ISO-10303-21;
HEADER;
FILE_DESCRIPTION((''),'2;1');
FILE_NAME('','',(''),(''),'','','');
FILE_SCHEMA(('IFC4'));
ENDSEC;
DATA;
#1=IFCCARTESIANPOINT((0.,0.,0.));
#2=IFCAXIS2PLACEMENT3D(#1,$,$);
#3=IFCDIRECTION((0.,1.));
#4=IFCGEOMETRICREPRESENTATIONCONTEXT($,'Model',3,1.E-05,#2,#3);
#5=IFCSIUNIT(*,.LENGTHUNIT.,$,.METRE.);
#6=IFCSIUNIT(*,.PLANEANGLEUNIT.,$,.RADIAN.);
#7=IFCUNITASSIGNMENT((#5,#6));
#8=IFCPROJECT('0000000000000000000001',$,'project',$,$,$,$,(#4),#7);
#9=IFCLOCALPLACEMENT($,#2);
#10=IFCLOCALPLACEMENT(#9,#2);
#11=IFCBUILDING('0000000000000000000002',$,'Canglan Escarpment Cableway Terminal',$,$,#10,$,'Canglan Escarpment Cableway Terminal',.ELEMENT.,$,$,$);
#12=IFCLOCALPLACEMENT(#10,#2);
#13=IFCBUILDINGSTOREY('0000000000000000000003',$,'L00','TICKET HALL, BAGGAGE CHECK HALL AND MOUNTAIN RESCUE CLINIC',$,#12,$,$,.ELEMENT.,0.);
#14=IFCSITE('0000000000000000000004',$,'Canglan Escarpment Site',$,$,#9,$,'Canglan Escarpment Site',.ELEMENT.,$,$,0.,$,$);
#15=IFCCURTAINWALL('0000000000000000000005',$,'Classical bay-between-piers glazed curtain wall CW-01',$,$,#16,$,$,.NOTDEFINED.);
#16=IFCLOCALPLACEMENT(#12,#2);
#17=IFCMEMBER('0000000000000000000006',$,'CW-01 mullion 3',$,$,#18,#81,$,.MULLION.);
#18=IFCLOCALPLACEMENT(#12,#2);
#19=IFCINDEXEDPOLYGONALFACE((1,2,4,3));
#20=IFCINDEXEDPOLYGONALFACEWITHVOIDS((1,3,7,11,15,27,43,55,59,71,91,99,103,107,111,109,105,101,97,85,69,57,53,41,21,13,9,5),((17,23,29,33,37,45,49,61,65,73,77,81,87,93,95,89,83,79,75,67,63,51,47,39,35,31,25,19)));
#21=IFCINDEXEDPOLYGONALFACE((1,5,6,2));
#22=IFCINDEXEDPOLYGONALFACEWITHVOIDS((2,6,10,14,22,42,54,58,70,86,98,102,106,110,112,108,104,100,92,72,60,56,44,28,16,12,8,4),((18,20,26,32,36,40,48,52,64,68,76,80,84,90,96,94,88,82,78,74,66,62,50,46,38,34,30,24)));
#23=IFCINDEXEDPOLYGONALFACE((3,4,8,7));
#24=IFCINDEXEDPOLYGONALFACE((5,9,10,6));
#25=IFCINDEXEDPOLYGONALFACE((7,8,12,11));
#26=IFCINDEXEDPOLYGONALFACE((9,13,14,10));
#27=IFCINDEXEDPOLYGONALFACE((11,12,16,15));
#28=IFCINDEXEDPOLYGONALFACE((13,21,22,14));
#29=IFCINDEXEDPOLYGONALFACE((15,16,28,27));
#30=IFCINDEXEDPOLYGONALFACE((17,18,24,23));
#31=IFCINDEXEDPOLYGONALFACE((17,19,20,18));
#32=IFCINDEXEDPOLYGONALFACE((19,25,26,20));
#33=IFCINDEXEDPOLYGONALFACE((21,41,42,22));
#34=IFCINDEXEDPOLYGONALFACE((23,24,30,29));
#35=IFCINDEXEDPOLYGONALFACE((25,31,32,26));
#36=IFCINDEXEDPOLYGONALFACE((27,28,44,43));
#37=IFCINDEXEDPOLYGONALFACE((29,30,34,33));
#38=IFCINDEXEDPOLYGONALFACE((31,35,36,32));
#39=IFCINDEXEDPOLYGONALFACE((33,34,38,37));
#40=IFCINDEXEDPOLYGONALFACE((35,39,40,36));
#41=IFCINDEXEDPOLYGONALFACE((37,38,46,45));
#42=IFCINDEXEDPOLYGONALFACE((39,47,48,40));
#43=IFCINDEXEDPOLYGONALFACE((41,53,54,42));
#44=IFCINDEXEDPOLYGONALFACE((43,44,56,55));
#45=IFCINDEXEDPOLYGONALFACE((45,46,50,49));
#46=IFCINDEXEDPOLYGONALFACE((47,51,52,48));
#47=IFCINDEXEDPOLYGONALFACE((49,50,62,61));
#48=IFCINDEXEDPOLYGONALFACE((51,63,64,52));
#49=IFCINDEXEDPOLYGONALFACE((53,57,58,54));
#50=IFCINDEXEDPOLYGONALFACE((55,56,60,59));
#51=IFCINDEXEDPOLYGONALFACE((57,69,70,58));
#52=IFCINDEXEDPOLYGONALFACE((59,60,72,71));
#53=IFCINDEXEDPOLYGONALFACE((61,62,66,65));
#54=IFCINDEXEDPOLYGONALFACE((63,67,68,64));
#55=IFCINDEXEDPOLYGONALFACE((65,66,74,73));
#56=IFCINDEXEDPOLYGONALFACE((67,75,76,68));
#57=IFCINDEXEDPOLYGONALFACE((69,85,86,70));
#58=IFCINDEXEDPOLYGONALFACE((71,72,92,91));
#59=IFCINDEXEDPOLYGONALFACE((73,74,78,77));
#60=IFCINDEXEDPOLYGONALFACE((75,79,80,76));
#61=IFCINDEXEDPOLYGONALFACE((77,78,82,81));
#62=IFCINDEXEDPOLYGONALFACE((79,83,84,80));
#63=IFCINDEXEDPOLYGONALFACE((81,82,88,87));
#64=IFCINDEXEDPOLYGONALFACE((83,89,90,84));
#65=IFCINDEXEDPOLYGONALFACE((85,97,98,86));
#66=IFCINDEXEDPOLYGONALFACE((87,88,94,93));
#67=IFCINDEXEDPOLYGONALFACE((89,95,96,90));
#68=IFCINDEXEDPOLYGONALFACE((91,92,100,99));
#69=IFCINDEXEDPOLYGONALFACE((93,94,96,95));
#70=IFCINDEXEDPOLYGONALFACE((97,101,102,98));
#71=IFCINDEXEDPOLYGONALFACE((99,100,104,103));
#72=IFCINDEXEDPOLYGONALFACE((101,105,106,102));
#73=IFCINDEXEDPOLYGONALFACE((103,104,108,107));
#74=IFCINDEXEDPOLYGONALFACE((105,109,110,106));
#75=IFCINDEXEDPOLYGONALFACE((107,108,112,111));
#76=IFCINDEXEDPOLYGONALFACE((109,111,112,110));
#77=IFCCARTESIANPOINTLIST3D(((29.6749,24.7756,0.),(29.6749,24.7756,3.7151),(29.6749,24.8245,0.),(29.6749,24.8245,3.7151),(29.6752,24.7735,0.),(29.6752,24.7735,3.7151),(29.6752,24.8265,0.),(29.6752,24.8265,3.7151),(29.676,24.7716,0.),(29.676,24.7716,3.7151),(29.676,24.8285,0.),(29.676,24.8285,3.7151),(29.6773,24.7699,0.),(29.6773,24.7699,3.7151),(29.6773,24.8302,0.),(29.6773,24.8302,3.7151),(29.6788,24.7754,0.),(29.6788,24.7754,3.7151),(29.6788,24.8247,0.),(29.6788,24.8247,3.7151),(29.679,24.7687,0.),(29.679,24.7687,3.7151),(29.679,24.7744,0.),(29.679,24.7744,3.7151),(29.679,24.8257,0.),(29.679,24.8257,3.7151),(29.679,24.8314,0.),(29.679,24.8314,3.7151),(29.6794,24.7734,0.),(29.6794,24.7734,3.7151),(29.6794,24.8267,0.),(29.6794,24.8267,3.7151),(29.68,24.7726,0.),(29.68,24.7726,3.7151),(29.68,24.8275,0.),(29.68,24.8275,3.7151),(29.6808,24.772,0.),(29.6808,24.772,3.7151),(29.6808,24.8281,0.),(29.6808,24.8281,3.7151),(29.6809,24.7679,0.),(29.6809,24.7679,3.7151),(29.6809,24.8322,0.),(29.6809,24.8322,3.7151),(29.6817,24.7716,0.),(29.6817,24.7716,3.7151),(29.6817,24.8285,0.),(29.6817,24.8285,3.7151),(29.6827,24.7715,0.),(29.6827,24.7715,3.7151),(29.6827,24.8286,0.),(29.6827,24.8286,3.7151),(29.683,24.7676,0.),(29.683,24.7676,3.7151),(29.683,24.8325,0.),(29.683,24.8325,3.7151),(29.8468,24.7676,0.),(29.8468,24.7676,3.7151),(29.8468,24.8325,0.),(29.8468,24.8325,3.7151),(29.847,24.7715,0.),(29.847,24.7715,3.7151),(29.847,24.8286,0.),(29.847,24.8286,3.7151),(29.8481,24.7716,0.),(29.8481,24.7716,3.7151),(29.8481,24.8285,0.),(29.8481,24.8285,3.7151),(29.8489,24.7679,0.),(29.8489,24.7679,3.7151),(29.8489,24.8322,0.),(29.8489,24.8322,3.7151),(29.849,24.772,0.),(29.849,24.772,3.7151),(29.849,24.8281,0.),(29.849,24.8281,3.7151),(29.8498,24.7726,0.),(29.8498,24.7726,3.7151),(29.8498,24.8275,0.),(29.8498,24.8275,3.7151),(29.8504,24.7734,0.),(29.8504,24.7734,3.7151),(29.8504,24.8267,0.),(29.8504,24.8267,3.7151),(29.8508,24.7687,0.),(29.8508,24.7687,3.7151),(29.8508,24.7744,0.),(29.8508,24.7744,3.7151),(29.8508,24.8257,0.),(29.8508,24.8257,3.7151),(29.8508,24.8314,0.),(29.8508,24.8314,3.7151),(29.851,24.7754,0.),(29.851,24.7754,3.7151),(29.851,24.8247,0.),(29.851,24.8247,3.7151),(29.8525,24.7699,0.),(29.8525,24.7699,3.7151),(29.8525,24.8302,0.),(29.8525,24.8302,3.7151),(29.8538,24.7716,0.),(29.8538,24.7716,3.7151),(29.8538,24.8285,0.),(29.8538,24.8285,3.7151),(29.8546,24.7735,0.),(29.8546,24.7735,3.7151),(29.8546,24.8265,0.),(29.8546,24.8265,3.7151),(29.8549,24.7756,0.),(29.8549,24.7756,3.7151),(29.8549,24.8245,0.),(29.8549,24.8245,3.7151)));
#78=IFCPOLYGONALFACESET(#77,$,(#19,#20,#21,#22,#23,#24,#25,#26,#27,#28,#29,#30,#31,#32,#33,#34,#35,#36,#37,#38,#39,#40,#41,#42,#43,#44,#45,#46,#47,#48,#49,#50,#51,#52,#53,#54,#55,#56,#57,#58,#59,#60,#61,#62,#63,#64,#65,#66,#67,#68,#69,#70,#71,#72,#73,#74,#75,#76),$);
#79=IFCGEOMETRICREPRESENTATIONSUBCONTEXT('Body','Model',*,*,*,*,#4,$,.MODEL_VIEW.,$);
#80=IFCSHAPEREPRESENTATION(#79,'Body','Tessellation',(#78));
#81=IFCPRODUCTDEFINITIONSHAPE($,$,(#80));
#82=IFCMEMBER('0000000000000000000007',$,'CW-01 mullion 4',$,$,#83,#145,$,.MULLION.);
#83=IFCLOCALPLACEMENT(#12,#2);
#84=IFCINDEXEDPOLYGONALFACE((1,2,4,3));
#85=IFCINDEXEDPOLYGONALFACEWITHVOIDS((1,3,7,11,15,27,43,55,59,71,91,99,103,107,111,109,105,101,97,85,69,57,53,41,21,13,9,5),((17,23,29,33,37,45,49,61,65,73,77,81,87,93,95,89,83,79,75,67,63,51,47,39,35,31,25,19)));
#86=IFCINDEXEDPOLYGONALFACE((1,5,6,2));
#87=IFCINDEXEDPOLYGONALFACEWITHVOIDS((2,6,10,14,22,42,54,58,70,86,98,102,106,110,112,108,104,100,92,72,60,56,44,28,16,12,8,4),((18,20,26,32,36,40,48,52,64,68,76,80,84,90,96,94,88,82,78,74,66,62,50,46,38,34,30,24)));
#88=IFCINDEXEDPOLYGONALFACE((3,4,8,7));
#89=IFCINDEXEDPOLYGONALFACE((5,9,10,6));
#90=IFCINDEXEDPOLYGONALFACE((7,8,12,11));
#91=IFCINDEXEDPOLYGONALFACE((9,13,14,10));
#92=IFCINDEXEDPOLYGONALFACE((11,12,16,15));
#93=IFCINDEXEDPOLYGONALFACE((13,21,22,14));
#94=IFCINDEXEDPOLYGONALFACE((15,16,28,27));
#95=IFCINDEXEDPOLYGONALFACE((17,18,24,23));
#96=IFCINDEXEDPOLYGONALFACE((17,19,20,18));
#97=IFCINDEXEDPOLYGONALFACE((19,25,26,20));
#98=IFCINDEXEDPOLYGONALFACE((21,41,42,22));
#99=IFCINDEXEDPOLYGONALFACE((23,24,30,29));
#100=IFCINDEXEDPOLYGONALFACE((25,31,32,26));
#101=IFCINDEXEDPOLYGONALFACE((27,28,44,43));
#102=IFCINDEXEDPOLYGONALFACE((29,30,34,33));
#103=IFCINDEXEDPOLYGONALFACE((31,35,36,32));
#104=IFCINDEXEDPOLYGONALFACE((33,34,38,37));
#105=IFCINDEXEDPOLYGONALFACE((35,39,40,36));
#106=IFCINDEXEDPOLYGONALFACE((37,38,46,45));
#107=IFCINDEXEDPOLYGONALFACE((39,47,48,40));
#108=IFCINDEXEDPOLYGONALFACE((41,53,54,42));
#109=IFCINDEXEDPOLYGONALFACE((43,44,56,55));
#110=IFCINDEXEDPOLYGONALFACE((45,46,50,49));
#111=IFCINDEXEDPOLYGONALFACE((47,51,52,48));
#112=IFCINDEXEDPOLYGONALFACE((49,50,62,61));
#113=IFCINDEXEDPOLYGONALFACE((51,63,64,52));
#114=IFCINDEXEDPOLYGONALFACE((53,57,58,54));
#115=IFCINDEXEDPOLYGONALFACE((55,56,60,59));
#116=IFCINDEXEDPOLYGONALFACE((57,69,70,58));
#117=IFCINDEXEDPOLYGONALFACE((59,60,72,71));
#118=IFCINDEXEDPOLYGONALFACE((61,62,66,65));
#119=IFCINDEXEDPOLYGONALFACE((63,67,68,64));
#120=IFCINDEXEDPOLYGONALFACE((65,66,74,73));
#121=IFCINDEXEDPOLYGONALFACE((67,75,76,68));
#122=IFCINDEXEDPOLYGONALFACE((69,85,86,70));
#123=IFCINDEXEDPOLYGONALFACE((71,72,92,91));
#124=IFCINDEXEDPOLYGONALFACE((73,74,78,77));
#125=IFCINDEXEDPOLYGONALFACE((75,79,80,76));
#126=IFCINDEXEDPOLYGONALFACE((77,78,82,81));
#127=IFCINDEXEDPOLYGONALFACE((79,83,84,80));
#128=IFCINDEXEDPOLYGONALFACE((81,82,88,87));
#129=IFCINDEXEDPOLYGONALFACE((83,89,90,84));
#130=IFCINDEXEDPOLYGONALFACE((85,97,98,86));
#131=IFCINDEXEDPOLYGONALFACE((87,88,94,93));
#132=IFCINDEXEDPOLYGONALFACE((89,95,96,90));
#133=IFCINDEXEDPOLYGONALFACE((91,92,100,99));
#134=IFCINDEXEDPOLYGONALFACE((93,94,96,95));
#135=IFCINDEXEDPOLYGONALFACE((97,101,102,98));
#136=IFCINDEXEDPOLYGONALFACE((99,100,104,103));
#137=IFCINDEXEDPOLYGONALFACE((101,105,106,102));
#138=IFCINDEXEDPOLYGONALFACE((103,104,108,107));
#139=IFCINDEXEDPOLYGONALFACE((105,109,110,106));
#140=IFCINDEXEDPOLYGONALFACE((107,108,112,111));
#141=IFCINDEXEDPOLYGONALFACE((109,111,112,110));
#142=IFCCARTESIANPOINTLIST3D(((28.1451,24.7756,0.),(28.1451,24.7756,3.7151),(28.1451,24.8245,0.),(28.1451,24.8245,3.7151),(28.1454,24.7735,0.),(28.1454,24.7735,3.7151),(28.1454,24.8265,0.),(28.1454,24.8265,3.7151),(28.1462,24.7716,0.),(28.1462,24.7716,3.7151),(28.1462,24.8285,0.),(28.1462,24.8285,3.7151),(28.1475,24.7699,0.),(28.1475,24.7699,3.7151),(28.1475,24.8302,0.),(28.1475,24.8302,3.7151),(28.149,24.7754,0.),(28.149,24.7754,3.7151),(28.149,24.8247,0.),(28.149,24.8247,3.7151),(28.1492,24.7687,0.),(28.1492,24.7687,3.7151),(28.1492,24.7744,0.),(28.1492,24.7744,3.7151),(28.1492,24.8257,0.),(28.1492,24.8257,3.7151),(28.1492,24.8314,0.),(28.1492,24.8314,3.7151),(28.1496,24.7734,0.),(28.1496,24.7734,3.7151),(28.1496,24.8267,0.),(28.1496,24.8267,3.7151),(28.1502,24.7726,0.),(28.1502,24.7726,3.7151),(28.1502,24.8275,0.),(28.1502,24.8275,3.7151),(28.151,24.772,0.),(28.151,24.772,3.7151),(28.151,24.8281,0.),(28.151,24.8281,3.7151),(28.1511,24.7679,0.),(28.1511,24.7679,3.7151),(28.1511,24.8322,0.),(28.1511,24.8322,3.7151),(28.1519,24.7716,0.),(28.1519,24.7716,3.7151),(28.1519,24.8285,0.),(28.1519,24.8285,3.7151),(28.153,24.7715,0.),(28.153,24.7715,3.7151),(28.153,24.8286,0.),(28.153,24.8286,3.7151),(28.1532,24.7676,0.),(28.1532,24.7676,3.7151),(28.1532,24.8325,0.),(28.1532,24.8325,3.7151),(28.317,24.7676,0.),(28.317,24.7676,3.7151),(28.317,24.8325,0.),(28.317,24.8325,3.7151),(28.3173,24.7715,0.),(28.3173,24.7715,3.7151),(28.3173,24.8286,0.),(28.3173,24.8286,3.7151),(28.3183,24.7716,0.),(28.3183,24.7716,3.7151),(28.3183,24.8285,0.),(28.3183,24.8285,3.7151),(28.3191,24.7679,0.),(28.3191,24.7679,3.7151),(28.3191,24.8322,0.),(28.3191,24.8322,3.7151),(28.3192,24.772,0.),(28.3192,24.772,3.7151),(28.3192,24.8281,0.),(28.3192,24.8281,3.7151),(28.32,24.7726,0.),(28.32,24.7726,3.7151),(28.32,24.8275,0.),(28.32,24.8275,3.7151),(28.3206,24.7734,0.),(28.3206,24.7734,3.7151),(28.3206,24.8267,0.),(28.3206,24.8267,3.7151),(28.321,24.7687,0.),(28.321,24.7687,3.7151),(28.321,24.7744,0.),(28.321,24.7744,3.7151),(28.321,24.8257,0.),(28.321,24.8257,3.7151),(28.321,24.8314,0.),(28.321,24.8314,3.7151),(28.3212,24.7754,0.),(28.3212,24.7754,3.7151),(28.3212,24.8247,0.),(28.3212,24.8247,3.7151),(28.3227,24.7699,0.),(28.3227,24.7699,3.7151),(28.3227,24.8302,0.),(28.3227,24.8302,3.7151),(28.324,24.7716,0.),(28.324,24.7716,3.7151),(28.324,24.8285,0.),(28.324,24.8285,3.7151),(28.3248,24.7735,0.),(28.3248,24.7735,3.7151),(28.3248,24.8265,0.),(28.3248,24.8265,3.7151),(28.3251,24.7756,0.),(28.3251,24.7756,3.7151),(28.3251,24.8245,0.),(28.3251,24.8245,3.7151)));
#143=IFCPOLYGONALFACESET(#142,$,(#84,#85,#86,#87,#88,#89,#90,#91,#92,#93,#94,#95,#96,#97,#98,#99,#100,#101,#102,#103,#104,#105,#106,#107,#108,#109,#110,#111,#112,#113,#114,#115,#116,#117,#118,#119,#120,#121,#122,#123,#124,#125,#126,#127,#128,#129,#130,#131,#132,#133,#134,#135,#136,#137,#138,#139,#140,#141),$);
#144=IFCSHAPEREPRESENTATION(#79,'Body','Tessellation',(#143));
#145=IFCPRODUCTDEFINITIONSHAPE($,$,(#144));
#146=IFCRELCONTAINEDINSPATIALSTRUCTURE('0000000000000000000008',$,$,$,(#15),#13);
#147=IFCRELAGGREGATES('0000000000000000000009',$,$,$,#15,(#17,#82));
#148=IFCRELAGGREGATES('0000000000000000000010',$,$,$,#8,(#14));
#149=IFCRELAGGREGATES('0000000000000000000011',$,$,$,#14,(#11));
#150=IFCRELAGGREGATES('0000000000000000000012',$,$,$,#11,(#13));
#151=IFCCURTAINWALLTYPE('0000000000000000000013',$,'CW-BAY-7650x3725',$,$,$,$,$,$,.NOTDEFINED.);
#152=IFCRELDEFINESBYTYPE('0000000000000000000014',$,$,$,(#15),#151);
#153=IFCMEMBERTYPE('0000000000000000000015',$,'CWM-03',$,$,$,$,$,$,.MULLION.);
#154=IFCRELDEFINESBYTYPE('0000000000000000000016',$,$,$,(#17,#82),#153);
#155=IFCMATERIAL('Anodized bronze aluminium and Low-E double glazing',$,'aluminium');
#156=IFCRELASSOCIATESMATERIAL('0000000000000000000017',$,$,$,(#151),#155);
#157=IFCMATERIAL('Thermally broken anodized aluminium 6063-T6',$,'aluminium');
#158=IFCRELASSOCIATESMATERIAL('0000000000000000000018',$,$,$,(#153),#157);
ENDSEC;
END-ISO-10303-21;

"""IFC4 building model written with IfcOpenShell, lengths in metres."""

from ifc_helpers import new_model, si_unit, direction, frame, origin, origin_2d, place, context, subcontext, project, spatial, hollow_rectangle, extrude, material, material_profile, profile_set, type_object, element, aggregate, save


model = new_model("IFC4")

# Units and contexts
model_context = context("Model", 3, precision=1e-05, world=origin(), true_north=direction((0.0, 1.0)))
body_context = subcontext(model_context, "Body", "Model", "MODEL_VIEW")
ifc_project = project(units=[si_unit("LENGTHUNIT", "METRE"), si_unit("PLANEANGLEUNIT", "RADIAN")], contexts=[model_context])

# Site, building, storey
site_placement = place(None, origin())
site = spatial("IfcSite", under=ifc_project, at=site_placement, Name="Canglan Escarpment Site", LongName="Canglan Escarpment Site", CompositionType="ELEMENT", RefElevation=0.0)
building_placement = place(site_placement, origin())
building = spatial("IfcBuilding", under=site, at=building_placement, Name="Canglan Escarpment Cableway Terminal", LongName="Canglan Escarpment Cableway Terminal", CompositionType="ELEMENT")
storey_placement = place(building_placement, origin())
storey = spatial("IfcBuildingStorey", under=building, at=storey_placement, Name="L00", Description="TICKET HALL, BAGGAGE CHECK HALL AND MOUNTAIN RESCUE CLINIC", CompositionType="ELEMENT", Elevation=0.0)

# Curtain wall, members
ifc_material_1 = material(Name="Anodized bronze aluminium and Low-E double glazing", Category="aluminium")
curtain_wall_type = type_object("IfcCurtainWallType", Name="CW-BAY-7650x3725", PredefinedType="NOTDEFINED", material=ifc_material_1)
curtain_wall_placement = place(storey_placement, origin())
curtain_wall = element("IfcCurtainWall", 1, at=curtain_wall_placement, inside=storey, type_object=curtain_wall_type, Name="Classical bay-between-piers glazed curtain wall CW-01", PredefinedType="NOTDEFINED")
ifc_material_2 = material(Name="Thermally broken anodized aluminium 6063-T6", Category="aluminium")
ifc_material_profile_1 = material_profile(ifc_material_2, hollow_rectangle(XDim=0.0649, YDim=0.1799, WallThickness=0.0039, InnerFilletRadius=0.0039, OuterFilletRadius=0.0081, at=origin_2d()), Name="ALU-MULL 65x180x4")
ifc_profile_set_1 = profile_set([ifc_material_profile_1], Name="Thermally broken anodized aluminium 6063-T6")
member_type_1 = type_object("IfcMemberType", Name="CWM-03", PredefinedType="MULLION", material=ifc_profile_set_1)
member_1_placement = place(storey_placement, frame((29.7649, 24.8, 0.0), z_axis=(0.0, 0.0, 1.0), x_axis=(0.0, -1.0, 0.0)))
member_1 = element("IfcMember", 2, at=member_1_placement, type_object=member_type_1, Name="CW-01 mullion 3", PredefinedType="MULLION", context=body_context, shape_type="SweptSolid", body=[
    extrude(hollow_rectangle(XDim=0.0649, YDim=0.1799, WallThickness=0.0039, InnerFilletRadius=0.0039, OuterFilletRadius=0.0081, at=origin_2d()), origin(), (0.0, 0.0, 1.0), 3.7151),
])
member_2_placement = place(storey_placement, frame((28.2351, 24.8, 0.0), z_axis=(0.0, 0.0, 1.0), x_axis=(0.0, -1.0, 0.0)))
member_2 = element("IfcMember", 3, at=member_2_placement, type_object=member_type_1, Name="CW-01 mullion 4", PredefinedType="MULLION", context=body_context, shape_type="SweptSolid", body=[
    extrude(hollow_rectangle(XDim=0.0649, YDim=0.1799, WallThickness=0.0039, InnerFilletRadius=0.0039, OuterFilletRadius=0.0081, at=origin_2d()), origin(), (0.0, 0.0, 1.0), 3.7151),
])
aggregate(curtain_wall, [member_1, member_2])

save(model, "model.ifc")
